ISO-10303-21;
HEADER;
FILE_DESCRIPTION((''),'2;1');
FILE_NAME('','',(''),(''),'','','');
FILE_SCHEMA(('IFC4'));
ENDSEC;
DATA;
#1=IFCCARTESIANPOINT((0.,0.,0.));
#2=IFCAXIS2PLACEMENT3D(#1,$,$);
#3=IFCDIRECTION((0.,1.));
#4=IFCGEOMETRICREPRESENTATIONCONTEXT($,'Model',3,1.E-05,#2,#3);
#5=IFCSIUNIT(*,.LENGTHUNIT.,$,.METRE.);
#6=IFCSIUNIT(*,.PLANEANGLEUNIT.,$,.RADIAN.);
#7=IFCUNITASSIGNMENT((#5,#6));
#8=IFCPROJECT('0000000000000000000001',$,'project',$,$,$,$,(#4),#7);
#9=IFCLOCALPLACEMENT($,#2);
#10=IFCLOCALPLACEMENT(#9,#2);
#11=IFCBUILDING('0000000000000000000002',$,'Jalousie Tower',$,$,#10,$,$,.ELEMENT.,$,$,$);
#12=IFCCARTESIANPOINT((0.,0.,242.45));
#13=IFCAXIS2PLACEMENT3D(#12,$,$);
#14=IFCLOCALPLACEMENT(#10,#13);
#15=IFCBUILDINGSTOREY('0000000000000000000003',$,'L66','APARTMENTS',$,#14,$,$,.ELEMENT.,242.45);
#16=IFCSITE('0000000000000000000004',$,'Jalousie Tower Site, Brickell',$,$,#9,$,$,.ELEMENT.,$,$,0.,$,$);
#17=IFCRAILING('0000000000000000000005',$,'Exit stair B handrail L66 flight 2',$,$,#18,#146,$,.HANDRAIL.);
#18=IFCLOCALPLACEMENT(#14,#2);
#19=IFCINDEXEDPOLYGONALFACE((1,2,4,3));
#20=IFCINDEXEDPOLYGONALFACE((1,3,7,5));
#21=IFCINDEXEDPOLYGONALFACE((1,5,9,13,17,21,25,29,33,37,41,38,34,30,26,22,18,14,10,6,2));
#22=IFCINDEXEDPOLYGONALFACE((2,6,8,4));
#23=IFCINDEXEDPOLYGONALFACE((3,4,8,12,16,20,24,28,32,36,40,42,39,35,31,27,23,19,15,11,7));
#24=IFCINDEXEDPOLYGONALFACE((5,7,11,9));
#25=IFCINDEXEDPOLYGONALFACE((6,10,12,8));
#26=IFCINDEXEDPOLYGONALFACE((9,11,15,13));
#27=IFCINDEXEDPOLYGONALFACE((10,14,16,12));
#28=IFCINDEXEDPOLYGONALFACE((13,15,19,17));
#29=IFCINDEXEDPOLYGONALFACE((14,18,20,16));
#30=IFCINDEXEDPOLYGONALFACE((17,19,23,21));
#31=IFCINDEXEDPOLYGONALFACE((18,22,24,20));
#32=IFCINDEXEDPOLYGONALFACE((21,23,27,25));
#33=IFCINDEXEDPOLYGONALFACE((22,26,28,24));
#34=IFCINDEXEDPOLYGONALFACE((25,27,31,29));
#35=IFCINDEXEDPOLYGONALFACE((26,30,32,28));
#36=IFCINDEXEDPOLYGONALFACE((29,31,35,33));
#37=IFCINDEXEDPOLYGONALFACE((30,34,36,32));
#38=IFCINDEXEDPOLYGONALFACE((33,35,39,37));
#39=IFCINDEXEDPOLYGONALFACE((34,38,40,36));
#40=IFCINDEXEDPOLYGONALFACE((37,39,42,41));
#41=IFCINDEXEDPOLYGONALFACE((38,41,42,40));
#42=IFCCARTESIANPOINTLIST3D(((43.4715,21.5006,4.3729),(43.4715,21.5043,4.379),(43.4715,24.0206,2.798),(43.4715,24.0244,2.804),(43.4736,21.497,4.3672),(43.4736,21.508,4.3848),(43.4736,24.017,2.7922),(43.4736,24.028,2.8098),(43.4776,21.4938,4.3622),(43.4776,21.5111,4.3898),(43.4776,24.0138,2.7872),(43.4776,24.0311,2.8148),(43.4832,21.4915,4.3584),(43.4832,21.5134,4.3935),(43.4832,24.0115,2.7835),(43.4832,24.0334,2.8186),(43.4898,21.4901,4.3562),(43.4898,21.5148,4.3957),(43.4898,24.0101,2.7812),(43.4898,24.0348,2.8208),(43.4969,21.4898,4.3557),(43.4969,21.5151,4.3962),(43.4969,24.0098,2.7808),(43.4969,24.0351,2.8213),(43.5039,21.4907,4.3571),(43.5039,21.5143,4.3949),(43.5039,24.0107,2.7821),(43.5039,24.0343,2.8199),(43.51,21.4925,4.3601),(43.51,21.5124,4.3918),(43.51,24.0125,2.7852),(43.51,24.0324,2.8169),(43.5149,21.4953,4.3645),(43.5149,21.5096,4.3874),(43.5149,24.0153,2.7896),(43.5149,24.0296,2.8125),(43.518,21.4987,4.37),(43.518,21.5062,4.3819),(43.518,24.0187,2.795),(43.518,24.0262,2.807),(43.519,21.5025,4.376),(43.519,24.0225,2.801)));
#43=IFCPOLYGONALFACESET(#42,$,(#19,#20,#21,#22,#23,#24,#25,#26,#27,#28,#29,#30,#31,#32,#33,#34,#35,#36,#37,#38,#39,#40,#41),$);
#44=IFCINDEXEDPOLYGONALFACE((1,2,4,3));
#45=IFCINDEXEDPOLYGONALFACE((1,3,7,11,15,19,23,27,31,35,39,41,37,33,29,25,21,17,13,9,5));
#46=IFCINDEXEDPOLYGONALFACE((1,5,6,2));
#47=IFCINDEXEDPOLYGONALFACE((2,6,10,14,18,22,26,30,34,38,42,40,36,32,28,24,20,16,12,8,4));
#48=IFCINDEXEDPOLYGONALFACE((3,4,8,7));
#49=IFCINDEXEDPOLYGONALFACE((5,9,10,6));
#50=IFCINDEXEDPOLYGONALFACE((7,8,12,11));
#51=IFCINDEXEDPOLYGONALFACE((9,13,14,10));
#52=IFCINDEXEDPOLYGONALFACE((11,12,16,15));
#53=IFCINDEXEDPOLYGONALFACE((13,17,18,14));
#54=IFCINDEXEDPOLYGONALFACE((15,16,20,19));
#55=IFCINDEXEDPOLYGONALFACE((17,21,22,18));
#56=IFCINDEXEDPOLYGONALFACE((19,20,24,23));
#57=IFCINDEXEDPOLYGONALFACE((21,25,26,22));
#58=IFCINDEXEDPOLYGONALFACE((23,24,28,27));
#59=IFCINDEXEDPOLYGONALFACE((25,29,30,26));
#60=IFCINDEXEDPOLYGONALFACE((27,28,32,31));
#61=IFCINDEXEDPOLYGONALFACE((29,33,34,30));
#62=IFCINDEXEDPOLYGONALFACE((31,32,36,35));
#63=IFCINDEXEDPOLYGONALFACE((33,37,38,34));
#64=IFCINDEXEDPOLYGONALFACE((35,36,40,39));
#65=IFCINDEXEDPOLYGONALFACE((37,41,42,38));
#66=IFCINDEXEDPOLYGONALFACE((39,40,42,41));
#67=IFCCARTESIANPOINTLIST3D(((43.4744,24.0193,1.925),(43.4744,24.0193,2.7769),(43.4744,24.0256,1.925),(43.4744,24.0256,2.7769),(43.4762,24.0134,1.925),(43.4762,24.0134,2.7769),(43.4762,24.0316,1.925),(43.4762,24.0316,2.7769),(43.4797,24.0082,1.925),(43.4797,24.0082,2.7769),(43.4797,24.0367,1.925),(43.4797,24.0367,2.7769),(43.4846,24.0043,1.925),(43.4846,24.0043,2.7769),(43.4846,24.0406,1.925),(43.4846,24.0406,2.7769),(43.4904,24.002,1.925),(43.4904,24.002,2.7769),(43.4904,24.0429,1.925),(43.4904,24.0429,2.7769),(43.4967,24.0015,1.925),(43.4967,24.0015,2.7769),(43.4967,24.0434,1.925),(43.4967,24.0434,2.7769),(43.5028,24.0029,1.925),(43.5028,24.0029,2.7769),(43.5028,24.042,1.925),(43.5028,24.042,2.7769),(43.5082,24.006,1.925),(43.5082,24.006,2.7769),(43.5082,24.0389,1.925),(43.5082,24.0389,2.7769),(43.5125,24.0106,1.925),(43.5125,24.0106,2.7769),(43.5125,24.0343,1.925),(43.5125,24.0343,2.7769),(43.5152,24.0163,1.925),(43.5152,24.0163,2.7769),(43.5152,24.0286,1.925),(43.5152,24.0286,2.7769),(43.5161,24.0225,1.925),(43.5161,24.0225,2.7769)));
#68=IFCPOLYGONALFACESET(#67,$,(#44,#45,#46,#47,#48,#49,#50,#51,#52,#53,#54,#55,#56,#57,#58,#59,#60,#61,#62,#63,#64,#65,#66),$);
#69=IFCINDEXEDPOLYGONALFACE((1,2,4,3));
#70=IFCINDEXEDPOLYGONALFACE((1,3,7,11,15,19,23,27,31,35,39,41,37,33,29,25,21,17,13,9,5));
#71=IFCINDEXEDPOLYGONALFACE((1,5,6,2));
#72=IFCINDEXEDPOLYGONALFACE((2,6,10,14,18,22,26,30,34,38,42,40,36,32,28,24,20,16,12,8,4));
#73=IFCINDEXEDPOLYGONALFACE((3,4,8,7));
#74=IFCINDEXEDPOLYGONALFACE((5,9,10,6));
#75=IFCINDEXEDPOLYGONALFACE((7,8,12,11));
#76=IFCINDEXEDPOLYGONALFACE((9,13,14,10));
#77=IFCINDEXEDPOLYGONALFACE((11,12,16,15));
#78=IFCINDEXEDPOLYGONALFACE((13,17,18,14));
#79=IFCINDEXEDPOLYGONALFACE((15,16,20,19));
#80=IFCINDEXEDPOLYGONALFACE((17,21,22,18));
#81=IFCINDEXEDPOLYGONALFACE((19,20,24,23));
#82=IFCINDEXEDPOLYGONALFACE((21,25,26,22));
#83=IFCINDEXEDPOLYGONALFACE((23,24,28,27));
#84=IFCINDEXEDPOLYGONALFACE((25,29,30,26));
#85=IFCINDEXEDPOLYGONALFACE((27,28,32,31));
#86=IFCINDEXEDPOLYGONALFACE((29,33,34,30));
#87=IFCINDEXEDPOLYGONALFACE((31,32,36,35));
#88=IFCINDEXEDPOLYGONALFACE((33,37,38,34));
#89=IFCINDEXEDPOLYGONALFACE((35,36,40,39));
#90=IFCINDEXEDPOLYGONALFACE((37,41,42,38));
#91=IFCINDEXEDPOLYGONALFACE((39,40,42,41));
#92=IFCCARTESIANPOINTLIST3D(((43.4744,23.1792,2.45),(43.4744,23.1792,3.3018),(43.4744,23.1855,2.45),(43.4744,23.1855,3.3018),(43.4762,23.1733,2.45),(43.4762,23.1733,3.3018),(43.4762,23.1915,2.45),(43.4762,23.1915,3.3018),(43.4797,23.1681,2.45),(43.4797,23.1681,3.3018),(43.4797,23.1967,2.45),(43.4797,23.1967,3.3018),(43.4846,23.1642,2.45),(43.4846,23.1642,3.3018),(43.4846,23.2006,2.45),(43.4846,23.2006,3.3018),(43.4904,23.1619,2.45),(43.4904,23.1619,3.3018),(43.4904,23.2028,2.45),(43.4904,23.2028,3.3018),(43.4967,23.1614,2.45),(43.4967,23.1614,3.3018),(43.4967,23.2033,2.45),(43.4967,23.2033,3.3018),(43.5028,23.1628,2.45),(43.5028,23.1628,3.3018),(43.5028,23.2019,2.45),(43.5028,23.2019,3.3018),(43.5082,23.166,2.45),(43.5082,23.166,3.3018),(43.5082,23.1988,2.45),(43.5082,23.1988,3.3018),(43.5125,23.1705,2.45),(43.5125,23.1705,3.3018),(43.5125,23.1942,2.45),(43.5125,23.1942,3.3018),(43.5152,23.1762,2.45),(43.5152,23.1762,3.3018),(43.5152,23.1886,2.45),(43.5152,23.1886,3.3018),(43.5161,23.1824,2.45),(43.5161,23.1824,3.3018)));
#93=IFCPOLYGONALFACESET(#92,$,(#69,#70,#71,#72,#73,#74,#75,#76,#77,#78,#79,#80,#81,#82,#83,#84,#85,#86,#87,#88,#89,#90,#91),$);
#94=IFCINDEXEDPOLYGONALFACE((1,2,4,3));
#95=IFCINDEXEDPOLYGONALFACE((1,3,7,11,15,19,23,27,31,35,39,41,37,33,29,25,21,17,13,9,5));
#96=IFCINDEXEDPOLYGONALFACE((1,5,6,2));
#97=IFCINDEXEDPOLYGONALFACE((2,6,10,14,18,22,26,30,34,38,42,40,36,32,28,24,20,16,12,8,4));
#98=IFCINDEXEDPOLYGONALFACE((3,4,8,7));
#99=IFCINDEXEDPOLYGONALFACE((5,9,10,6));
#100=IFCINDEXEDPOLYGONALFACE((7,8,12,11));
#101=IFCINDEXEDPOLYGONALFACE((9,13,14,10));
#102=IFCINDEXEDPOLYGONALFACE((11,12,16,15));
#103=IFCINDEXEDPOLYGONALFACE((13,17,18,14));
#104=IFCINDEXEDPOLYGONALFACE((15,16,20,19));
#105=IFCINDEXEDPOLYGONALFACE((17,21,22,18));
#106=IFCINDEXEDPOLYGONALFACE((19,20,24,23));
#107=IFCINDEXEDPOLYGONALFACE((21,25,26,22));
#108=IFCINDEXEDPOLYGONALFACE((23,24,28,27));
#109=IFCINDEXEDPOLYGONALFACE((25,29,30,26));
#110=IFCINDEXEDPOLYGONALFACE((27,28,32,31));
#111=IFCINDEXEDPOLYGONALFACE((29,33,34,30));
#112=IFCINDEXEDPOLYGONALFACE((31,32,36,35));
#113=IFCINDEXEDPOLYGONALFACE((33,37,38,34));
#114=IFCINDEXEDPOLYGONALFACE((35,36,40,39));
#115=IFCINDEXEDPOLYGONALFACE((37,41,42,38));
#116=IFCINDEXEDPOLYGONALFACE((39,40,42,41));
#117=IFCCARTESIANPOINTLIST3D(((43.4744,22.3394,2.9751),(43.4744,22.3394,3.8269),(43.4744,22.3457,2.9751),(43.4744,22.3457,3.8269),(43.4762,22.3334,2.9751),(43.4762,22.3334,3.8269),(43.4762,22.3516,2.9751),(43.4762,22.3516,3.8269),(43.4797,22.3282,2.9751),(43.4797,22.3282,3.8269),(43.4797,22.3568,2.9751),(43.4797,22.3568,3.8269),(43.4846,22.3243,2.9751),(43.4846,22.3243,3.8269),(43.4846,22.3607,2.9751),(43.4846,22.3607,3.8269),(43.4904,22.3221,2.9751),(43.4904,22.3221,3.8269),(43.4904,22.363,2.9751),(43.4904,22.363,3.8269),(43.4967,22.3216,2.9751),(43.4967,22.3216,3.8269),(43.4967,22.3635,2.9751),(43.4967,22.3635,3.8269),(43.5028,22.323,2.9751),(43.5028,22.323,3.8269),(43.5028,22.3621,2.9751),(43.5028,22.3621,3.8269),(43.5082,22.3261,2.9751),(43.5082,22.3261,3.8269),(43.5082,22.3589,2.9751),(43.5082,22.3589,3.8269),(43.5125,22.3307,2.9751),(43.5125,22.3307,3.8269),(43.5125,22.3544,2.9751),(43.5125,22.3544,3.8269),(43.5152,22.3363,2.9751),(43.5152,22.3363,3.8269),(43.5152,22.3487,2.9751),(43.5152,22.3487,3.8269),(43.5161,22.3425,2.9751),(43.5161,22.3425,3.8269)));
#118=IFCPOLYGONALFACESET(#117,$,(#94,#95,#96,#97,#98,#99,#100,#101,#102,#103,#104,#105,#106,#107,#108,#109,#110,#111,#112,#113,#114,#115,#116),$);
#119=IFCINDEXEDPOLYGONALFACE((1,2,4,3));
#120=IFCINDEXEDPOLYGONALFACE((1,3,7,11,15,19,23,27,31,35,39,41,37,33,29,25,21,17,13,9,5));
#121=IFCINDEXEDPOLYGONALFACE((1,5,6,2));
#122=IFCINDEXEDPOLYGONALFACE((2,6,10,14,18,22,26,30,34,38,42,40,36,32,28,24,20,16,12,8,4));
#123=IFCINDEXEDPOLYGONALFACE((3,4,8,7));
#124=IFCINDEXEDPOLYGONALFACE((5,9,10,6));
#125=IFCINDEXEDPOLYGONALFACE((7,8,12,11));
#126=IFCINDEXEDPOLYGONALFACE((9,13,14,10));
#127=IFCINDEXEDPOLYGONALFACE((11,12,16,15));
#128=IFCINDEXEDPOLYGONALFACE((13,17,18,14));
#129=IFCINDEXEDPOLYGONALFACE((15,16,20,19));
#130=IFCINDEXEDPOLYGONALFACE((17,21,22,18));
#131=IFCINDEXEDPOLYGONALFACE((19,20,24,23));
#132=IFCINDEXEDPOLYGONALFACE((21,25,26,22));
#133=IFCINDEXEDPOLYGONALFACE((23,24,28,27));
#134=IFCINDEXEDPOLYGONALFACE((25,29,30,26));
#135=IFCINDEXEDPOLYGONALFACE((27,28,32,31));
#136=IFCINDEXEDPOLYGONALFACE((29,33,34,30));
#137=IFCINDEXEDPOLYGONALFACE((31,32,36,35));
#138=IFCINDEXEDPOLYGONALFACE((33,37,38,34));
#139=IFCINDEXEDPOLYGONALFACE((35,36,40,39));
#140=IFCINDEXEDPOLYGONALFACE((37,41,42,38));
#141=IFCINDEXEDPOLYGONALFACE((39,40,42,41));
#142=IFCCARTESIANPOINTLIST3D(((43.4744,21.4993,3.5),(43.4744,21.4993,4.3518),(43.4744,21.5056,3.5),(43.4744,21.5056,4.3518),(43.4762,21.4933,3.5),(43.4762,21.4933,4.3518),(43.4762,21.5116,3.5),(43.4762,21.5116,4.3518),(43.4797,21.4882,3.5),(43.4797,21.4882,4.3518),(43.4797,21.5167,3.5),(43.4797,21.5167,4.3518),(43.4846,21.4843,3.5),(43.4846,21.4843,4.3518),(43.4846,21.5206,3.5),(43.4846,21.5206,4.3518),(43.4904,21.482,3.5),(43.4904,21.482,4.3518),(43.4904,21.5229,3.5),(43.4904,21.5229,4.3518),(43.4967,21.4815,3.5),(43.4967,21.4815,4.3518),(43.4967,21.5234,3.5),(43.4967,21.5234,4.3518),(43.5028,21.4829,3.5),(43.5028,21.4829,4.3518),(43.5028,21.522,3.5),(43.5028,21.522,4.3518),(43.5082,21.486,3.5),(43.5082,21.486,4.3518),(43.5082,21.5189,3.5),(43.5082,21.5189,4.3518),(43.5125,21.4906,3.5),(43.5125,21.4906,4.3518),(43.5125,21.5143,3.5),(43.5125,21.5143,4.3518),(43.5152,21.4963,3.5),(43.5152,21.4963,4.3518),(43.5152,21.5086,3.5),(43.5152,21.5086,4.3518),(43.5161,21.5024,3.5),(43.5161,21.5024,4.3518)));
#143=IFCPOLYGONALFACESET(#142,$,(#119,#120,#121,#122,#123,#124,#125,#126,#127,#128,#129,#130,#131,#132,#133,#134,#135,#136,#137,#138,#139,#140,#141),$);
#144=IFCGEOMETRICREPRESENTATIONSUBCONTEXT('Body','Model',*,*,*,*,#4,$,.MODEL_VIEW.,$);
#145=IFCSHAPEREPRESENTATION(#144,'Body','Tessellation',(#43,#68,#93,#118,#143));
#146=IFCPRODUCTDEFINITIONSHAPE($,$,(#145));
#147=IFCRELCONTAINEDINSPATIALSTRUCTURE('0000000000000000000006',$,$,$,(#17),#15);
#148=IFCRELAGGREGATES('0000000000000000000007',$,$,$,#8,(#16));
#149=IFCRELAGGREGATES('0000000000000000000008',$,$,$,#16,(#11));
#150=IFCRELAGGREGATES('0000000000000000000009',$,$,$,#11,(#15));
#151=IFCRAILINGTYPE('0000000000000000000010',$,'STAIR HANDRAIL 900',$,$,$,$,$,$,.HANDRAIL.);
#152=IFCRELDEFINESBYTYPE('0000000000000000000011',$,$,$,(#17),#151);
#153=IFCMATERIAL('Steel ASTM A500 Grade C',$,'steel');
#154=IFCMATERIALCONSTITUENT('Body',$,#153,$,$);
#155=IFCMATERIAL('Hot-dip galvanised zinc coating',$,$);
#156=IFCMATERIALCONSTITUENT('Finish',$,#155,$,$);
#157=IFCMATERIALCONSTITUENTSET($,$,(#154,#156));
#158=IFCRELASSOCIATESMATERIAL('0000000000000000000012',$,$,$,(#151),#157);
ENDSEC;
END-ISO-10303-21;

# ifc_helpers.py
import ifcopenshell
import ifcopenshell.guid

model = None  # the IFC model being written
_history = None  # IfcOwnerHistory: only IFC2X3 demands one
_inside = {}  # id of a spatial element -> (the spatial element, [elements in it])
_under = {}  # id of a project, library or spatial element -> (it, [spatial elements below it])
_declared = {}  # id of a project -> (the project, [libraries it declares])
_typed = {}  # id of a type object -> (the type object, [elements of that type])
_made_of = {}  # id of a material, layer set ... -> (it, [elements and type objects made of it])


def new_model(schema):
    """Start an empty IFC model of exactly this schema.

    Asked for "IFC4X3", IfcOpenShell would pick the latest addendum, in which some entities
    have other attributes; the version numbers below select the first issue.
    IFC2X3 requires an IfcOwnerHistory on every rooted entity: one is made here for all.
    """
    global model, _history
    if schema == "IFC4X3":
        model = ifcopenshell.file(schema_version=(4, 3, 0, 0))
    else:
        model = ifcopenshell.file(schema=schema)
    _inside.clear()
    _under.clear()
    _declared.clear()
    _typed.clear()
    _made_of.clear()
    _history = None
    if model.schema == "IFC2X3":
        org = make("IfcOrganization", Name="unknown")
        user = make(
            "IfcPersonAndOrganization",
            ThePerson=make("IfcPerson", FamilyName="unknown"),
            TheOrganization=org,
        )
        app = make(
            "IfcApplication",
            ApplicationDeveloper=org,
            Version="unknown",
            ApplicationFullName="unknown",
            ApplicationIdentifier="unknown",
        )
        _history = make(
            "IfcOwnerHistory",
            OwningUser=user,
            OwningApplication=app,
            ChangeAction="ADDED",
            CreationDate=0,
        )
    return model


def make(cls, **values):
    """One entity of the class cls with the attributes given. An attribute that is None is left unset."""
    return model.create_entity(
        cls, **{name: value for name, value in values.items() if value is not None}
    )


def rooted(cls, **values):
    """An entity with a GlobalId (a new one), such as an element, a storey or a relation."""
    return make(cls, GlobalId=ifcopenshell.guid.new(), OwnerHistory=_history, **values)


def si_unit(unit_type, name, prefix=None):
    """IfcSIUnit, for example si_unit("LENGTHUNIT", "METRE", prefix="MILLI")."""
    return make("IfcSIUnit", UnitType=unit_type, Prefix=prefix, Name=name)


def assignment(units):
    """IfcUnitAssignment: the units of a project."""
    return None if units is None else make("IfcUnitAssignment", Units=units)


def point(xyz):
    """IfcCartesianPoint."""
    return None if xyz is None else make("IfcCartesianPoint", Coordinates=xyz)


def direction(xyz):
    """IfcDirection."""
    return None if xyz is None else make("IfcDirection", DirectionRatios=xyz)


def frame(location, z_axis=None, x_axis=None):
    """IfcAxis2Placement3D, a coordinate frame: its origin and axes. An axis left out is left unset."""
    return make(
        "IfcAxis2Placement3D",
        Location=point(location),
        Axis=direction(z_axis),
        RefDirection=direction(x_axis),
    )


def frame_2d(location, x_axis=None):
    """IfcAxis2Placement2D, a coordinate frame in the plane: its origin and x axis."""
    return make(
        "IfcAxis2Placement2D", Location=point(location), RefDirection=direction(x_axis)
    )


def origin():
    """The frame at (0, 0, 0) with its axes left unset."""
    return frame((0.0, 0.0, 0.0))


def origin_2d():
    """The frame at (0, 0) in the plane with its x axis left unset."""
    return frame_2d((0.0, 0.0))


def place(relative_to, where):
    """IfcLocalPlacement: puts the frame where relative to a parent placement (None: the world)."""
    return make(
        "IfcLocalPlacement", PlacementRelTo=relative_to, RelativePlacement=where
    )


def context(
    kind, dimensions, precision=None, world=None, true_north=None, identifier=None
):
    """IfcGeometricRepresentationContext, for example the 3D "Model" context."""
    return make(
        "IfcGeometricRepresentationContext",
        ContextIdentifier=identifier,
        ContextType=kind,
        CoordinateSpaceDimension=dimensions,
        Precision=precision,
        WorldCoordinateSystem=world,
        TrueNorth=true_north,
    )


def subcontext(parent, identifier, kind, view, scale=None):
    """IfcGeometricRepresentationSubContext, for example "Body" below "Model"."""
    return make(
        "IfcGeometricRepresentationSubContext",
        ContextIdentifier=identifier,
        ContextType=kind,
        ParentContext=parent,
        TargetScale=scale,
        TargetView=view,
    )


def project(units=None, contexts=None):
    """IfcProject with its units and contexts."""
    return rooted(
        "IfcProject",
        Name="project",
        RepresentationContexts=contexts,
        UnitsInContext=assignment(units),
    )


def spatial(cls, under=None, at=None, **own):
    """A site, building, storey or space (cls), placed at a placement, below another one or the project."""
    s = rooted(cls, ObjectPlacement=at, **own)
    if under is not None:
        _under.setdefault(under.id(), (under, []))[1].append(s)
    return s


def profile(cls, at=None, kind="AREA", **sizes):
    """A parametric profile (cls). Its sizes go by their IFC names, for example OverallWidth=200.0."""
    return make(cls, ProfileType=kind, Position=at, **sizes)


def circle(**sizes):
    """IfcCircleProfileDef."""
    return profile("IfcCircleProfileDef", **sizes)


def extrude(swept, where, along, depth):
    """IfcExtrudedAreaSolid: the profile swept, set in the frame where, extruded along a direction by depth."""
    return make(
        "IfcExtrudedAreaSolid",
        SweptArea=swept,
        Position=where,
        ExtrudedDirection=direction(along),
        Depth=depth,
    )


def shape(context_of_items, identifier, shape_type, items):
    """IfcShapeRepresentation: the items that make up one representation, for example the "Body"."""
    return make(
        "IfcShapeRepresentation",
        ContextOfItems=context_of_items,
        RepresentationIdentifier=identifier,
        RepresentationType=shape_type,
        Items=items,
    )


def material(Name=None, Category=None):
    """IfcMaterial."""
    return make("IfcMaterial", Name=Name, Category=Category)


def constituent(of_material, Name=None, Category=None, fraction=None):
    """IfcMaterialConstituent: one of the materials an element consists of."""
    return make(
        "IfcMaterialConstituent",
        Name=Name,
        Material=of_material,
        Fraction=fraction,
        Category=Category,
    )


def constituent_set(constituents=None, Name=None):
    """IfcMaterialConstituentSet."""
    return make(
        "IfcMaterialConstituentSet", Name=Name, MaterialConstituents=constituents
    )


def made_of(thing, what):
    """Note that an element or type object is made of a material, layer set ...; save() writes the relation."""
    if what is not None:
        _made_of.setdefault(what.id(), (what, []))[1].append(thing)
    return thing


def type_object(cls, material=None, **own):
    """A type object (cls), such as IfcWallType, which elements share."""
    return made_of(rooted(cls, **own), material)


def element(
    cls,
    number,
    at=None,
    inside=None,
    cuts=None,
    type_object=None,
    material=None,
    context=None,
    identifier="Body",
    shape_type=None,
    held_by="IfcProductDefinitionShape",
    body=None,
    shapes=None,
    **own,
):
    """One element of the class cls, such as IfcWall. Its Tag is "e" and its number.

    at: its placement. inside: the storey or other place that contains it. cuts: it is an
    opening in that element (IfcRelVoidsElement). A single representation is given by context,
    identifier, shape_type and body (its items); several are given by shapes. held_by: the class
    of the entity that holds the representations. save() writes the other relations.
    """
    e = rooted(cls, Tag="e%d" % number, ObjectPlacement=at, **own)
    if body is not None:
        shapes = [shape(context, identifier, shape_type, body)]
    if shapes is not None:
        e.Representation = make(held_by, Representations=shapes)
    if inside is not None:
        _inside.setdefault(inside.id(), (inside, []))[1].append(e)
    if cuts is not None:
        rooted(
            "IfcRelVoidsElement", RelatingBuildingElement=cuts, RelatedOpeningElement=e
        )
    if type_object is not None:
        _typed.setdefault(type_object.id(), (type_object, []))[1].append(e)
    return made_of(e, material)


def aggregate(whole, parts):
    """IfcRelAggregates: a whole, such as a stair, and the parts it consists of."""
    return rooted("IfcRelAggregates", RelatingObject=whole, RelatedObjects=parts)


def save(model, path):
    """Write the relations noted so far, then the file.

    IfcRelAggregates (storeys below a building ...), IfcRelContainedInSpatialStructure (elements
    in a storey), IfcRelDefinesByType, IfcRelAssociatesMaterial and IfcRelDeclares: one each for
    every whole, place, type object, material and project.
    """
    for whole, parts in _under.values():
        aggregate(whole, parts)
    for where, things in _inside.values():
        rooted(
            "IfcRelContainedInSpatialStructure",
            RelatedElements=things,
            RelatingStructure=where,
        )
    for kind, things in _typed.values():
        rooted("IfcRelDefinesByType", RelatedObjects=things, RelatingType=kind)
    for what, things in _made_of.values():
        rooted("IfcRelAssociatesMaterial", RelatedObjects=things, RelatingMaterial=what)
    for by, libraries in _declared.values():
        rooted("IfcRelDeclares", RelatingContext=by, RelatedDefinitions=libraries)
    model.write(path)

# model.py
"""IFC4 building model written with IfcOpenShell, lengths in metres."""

from ifc_helpers import new_model, si_unit, direction, frame, origin, origin_2d, place, context, subcontext, project, spatial, circle, extrude, material, constituent, constituent_set, type_object, element, save


model = new_model("IFC4")

# Units and contexts
model_context = context("Model", 3, precision=1e-05, world=origin(), true_north=direction((0.0, 1.0)))
body_context = subcontext(model_context, "Body", "Model", "MODEL_VIEW")
ifc_project = project(units=[si_unit("LENGTHUNIT", "METRE"), si_unit("PLANEANGLEUNIT", "RADIAN")], contexts=[model_context])

# Site, building, storey
site_placement = place(None, origin())
site = spatial("IfcSite", under=ifc_project, at=site_placement, Name="Jalousie Tower Site, Brickell", CompositionType="ELEMENT", RefElevation=0.0)
building_placement = place(site_placement, origin())
building = spatial("IfcBuilding", under=site, at=building_placement, Name="Jalousie Tower", CompositionType="ELEMENT")
storey_placement = place(building_placement, frame((0.0, 0.0, 242.45)))
storey = spatial("IfcBuildingStorey", under=building, at=storey_placement, Name="L66", Description="APARTMENTS", CompositionType="ELEMENT", Elevation=242.45)

# Railing
ifc_material_1 = material(Name="Steel ASTM A500 Grade C", Category="steel")
ifc_constituent_1 = constituent(ifc_material_1, Name="Body")
ifc_material_2 = material(Name="Hot-dip galvanised zinc coating")
ifc_constituent_2 = constituent(ifc_material_2, Name="Finish")
ifc_constituent_set_1 = constituent_set(constituents=[ifc_constituent_1, ifc_constituent_2])
railing_type_1 = type_object("IfcRailingType", Name="STAIR HANDRAIL 900", PredefinedType="HANDRAIL", material=ifc_constituent_set_1)
railing_1_placement = place(storey_placement, frame((43.4951, 24.0225, 1.925)))
element("IfcRailing", 1, at=railing_1_placement, inside=storey, type_object=railing_type_1, Name="Exit stair B handrail L66 flight 2", PredefinedType="HANDRAIL", context=body_context, shape_type="SweptSolid", body=[
    extrude(circle(Radius=0.0239, at=origin_2d()), frame((0.0, 0.0, 0.876), z_axis=(0.0, -0.848008, 0.529984), x_axis=(1.0, 0.0, 0.0)), (0.0, 0.0, 1.0), 2.9717),
    extrude(circle(Radius=0.021, at=origin_2d()), origin(), (0.0, 0.0, 1.0), 0.8518),
    extrude(circle(Radius=0.021, at=origin_2d()), frame((0.0, -0.8401, 0.5249)), (0.0, 0.0, 1.0), 0.8518),
    extrude(circle(Radius=0.021, at=origin_2d()), frame((0.0, -1.6799, 1.05)), (0.0, 0.0, 1.0), 0.8518),
    extrude(circle(Radius=0.021, at=origin_2d()), frame((0.0, -2.52, 1.575)), (0.0, 0.0, 1.0), 0.8518),
])

save(model, "model.ifc")
